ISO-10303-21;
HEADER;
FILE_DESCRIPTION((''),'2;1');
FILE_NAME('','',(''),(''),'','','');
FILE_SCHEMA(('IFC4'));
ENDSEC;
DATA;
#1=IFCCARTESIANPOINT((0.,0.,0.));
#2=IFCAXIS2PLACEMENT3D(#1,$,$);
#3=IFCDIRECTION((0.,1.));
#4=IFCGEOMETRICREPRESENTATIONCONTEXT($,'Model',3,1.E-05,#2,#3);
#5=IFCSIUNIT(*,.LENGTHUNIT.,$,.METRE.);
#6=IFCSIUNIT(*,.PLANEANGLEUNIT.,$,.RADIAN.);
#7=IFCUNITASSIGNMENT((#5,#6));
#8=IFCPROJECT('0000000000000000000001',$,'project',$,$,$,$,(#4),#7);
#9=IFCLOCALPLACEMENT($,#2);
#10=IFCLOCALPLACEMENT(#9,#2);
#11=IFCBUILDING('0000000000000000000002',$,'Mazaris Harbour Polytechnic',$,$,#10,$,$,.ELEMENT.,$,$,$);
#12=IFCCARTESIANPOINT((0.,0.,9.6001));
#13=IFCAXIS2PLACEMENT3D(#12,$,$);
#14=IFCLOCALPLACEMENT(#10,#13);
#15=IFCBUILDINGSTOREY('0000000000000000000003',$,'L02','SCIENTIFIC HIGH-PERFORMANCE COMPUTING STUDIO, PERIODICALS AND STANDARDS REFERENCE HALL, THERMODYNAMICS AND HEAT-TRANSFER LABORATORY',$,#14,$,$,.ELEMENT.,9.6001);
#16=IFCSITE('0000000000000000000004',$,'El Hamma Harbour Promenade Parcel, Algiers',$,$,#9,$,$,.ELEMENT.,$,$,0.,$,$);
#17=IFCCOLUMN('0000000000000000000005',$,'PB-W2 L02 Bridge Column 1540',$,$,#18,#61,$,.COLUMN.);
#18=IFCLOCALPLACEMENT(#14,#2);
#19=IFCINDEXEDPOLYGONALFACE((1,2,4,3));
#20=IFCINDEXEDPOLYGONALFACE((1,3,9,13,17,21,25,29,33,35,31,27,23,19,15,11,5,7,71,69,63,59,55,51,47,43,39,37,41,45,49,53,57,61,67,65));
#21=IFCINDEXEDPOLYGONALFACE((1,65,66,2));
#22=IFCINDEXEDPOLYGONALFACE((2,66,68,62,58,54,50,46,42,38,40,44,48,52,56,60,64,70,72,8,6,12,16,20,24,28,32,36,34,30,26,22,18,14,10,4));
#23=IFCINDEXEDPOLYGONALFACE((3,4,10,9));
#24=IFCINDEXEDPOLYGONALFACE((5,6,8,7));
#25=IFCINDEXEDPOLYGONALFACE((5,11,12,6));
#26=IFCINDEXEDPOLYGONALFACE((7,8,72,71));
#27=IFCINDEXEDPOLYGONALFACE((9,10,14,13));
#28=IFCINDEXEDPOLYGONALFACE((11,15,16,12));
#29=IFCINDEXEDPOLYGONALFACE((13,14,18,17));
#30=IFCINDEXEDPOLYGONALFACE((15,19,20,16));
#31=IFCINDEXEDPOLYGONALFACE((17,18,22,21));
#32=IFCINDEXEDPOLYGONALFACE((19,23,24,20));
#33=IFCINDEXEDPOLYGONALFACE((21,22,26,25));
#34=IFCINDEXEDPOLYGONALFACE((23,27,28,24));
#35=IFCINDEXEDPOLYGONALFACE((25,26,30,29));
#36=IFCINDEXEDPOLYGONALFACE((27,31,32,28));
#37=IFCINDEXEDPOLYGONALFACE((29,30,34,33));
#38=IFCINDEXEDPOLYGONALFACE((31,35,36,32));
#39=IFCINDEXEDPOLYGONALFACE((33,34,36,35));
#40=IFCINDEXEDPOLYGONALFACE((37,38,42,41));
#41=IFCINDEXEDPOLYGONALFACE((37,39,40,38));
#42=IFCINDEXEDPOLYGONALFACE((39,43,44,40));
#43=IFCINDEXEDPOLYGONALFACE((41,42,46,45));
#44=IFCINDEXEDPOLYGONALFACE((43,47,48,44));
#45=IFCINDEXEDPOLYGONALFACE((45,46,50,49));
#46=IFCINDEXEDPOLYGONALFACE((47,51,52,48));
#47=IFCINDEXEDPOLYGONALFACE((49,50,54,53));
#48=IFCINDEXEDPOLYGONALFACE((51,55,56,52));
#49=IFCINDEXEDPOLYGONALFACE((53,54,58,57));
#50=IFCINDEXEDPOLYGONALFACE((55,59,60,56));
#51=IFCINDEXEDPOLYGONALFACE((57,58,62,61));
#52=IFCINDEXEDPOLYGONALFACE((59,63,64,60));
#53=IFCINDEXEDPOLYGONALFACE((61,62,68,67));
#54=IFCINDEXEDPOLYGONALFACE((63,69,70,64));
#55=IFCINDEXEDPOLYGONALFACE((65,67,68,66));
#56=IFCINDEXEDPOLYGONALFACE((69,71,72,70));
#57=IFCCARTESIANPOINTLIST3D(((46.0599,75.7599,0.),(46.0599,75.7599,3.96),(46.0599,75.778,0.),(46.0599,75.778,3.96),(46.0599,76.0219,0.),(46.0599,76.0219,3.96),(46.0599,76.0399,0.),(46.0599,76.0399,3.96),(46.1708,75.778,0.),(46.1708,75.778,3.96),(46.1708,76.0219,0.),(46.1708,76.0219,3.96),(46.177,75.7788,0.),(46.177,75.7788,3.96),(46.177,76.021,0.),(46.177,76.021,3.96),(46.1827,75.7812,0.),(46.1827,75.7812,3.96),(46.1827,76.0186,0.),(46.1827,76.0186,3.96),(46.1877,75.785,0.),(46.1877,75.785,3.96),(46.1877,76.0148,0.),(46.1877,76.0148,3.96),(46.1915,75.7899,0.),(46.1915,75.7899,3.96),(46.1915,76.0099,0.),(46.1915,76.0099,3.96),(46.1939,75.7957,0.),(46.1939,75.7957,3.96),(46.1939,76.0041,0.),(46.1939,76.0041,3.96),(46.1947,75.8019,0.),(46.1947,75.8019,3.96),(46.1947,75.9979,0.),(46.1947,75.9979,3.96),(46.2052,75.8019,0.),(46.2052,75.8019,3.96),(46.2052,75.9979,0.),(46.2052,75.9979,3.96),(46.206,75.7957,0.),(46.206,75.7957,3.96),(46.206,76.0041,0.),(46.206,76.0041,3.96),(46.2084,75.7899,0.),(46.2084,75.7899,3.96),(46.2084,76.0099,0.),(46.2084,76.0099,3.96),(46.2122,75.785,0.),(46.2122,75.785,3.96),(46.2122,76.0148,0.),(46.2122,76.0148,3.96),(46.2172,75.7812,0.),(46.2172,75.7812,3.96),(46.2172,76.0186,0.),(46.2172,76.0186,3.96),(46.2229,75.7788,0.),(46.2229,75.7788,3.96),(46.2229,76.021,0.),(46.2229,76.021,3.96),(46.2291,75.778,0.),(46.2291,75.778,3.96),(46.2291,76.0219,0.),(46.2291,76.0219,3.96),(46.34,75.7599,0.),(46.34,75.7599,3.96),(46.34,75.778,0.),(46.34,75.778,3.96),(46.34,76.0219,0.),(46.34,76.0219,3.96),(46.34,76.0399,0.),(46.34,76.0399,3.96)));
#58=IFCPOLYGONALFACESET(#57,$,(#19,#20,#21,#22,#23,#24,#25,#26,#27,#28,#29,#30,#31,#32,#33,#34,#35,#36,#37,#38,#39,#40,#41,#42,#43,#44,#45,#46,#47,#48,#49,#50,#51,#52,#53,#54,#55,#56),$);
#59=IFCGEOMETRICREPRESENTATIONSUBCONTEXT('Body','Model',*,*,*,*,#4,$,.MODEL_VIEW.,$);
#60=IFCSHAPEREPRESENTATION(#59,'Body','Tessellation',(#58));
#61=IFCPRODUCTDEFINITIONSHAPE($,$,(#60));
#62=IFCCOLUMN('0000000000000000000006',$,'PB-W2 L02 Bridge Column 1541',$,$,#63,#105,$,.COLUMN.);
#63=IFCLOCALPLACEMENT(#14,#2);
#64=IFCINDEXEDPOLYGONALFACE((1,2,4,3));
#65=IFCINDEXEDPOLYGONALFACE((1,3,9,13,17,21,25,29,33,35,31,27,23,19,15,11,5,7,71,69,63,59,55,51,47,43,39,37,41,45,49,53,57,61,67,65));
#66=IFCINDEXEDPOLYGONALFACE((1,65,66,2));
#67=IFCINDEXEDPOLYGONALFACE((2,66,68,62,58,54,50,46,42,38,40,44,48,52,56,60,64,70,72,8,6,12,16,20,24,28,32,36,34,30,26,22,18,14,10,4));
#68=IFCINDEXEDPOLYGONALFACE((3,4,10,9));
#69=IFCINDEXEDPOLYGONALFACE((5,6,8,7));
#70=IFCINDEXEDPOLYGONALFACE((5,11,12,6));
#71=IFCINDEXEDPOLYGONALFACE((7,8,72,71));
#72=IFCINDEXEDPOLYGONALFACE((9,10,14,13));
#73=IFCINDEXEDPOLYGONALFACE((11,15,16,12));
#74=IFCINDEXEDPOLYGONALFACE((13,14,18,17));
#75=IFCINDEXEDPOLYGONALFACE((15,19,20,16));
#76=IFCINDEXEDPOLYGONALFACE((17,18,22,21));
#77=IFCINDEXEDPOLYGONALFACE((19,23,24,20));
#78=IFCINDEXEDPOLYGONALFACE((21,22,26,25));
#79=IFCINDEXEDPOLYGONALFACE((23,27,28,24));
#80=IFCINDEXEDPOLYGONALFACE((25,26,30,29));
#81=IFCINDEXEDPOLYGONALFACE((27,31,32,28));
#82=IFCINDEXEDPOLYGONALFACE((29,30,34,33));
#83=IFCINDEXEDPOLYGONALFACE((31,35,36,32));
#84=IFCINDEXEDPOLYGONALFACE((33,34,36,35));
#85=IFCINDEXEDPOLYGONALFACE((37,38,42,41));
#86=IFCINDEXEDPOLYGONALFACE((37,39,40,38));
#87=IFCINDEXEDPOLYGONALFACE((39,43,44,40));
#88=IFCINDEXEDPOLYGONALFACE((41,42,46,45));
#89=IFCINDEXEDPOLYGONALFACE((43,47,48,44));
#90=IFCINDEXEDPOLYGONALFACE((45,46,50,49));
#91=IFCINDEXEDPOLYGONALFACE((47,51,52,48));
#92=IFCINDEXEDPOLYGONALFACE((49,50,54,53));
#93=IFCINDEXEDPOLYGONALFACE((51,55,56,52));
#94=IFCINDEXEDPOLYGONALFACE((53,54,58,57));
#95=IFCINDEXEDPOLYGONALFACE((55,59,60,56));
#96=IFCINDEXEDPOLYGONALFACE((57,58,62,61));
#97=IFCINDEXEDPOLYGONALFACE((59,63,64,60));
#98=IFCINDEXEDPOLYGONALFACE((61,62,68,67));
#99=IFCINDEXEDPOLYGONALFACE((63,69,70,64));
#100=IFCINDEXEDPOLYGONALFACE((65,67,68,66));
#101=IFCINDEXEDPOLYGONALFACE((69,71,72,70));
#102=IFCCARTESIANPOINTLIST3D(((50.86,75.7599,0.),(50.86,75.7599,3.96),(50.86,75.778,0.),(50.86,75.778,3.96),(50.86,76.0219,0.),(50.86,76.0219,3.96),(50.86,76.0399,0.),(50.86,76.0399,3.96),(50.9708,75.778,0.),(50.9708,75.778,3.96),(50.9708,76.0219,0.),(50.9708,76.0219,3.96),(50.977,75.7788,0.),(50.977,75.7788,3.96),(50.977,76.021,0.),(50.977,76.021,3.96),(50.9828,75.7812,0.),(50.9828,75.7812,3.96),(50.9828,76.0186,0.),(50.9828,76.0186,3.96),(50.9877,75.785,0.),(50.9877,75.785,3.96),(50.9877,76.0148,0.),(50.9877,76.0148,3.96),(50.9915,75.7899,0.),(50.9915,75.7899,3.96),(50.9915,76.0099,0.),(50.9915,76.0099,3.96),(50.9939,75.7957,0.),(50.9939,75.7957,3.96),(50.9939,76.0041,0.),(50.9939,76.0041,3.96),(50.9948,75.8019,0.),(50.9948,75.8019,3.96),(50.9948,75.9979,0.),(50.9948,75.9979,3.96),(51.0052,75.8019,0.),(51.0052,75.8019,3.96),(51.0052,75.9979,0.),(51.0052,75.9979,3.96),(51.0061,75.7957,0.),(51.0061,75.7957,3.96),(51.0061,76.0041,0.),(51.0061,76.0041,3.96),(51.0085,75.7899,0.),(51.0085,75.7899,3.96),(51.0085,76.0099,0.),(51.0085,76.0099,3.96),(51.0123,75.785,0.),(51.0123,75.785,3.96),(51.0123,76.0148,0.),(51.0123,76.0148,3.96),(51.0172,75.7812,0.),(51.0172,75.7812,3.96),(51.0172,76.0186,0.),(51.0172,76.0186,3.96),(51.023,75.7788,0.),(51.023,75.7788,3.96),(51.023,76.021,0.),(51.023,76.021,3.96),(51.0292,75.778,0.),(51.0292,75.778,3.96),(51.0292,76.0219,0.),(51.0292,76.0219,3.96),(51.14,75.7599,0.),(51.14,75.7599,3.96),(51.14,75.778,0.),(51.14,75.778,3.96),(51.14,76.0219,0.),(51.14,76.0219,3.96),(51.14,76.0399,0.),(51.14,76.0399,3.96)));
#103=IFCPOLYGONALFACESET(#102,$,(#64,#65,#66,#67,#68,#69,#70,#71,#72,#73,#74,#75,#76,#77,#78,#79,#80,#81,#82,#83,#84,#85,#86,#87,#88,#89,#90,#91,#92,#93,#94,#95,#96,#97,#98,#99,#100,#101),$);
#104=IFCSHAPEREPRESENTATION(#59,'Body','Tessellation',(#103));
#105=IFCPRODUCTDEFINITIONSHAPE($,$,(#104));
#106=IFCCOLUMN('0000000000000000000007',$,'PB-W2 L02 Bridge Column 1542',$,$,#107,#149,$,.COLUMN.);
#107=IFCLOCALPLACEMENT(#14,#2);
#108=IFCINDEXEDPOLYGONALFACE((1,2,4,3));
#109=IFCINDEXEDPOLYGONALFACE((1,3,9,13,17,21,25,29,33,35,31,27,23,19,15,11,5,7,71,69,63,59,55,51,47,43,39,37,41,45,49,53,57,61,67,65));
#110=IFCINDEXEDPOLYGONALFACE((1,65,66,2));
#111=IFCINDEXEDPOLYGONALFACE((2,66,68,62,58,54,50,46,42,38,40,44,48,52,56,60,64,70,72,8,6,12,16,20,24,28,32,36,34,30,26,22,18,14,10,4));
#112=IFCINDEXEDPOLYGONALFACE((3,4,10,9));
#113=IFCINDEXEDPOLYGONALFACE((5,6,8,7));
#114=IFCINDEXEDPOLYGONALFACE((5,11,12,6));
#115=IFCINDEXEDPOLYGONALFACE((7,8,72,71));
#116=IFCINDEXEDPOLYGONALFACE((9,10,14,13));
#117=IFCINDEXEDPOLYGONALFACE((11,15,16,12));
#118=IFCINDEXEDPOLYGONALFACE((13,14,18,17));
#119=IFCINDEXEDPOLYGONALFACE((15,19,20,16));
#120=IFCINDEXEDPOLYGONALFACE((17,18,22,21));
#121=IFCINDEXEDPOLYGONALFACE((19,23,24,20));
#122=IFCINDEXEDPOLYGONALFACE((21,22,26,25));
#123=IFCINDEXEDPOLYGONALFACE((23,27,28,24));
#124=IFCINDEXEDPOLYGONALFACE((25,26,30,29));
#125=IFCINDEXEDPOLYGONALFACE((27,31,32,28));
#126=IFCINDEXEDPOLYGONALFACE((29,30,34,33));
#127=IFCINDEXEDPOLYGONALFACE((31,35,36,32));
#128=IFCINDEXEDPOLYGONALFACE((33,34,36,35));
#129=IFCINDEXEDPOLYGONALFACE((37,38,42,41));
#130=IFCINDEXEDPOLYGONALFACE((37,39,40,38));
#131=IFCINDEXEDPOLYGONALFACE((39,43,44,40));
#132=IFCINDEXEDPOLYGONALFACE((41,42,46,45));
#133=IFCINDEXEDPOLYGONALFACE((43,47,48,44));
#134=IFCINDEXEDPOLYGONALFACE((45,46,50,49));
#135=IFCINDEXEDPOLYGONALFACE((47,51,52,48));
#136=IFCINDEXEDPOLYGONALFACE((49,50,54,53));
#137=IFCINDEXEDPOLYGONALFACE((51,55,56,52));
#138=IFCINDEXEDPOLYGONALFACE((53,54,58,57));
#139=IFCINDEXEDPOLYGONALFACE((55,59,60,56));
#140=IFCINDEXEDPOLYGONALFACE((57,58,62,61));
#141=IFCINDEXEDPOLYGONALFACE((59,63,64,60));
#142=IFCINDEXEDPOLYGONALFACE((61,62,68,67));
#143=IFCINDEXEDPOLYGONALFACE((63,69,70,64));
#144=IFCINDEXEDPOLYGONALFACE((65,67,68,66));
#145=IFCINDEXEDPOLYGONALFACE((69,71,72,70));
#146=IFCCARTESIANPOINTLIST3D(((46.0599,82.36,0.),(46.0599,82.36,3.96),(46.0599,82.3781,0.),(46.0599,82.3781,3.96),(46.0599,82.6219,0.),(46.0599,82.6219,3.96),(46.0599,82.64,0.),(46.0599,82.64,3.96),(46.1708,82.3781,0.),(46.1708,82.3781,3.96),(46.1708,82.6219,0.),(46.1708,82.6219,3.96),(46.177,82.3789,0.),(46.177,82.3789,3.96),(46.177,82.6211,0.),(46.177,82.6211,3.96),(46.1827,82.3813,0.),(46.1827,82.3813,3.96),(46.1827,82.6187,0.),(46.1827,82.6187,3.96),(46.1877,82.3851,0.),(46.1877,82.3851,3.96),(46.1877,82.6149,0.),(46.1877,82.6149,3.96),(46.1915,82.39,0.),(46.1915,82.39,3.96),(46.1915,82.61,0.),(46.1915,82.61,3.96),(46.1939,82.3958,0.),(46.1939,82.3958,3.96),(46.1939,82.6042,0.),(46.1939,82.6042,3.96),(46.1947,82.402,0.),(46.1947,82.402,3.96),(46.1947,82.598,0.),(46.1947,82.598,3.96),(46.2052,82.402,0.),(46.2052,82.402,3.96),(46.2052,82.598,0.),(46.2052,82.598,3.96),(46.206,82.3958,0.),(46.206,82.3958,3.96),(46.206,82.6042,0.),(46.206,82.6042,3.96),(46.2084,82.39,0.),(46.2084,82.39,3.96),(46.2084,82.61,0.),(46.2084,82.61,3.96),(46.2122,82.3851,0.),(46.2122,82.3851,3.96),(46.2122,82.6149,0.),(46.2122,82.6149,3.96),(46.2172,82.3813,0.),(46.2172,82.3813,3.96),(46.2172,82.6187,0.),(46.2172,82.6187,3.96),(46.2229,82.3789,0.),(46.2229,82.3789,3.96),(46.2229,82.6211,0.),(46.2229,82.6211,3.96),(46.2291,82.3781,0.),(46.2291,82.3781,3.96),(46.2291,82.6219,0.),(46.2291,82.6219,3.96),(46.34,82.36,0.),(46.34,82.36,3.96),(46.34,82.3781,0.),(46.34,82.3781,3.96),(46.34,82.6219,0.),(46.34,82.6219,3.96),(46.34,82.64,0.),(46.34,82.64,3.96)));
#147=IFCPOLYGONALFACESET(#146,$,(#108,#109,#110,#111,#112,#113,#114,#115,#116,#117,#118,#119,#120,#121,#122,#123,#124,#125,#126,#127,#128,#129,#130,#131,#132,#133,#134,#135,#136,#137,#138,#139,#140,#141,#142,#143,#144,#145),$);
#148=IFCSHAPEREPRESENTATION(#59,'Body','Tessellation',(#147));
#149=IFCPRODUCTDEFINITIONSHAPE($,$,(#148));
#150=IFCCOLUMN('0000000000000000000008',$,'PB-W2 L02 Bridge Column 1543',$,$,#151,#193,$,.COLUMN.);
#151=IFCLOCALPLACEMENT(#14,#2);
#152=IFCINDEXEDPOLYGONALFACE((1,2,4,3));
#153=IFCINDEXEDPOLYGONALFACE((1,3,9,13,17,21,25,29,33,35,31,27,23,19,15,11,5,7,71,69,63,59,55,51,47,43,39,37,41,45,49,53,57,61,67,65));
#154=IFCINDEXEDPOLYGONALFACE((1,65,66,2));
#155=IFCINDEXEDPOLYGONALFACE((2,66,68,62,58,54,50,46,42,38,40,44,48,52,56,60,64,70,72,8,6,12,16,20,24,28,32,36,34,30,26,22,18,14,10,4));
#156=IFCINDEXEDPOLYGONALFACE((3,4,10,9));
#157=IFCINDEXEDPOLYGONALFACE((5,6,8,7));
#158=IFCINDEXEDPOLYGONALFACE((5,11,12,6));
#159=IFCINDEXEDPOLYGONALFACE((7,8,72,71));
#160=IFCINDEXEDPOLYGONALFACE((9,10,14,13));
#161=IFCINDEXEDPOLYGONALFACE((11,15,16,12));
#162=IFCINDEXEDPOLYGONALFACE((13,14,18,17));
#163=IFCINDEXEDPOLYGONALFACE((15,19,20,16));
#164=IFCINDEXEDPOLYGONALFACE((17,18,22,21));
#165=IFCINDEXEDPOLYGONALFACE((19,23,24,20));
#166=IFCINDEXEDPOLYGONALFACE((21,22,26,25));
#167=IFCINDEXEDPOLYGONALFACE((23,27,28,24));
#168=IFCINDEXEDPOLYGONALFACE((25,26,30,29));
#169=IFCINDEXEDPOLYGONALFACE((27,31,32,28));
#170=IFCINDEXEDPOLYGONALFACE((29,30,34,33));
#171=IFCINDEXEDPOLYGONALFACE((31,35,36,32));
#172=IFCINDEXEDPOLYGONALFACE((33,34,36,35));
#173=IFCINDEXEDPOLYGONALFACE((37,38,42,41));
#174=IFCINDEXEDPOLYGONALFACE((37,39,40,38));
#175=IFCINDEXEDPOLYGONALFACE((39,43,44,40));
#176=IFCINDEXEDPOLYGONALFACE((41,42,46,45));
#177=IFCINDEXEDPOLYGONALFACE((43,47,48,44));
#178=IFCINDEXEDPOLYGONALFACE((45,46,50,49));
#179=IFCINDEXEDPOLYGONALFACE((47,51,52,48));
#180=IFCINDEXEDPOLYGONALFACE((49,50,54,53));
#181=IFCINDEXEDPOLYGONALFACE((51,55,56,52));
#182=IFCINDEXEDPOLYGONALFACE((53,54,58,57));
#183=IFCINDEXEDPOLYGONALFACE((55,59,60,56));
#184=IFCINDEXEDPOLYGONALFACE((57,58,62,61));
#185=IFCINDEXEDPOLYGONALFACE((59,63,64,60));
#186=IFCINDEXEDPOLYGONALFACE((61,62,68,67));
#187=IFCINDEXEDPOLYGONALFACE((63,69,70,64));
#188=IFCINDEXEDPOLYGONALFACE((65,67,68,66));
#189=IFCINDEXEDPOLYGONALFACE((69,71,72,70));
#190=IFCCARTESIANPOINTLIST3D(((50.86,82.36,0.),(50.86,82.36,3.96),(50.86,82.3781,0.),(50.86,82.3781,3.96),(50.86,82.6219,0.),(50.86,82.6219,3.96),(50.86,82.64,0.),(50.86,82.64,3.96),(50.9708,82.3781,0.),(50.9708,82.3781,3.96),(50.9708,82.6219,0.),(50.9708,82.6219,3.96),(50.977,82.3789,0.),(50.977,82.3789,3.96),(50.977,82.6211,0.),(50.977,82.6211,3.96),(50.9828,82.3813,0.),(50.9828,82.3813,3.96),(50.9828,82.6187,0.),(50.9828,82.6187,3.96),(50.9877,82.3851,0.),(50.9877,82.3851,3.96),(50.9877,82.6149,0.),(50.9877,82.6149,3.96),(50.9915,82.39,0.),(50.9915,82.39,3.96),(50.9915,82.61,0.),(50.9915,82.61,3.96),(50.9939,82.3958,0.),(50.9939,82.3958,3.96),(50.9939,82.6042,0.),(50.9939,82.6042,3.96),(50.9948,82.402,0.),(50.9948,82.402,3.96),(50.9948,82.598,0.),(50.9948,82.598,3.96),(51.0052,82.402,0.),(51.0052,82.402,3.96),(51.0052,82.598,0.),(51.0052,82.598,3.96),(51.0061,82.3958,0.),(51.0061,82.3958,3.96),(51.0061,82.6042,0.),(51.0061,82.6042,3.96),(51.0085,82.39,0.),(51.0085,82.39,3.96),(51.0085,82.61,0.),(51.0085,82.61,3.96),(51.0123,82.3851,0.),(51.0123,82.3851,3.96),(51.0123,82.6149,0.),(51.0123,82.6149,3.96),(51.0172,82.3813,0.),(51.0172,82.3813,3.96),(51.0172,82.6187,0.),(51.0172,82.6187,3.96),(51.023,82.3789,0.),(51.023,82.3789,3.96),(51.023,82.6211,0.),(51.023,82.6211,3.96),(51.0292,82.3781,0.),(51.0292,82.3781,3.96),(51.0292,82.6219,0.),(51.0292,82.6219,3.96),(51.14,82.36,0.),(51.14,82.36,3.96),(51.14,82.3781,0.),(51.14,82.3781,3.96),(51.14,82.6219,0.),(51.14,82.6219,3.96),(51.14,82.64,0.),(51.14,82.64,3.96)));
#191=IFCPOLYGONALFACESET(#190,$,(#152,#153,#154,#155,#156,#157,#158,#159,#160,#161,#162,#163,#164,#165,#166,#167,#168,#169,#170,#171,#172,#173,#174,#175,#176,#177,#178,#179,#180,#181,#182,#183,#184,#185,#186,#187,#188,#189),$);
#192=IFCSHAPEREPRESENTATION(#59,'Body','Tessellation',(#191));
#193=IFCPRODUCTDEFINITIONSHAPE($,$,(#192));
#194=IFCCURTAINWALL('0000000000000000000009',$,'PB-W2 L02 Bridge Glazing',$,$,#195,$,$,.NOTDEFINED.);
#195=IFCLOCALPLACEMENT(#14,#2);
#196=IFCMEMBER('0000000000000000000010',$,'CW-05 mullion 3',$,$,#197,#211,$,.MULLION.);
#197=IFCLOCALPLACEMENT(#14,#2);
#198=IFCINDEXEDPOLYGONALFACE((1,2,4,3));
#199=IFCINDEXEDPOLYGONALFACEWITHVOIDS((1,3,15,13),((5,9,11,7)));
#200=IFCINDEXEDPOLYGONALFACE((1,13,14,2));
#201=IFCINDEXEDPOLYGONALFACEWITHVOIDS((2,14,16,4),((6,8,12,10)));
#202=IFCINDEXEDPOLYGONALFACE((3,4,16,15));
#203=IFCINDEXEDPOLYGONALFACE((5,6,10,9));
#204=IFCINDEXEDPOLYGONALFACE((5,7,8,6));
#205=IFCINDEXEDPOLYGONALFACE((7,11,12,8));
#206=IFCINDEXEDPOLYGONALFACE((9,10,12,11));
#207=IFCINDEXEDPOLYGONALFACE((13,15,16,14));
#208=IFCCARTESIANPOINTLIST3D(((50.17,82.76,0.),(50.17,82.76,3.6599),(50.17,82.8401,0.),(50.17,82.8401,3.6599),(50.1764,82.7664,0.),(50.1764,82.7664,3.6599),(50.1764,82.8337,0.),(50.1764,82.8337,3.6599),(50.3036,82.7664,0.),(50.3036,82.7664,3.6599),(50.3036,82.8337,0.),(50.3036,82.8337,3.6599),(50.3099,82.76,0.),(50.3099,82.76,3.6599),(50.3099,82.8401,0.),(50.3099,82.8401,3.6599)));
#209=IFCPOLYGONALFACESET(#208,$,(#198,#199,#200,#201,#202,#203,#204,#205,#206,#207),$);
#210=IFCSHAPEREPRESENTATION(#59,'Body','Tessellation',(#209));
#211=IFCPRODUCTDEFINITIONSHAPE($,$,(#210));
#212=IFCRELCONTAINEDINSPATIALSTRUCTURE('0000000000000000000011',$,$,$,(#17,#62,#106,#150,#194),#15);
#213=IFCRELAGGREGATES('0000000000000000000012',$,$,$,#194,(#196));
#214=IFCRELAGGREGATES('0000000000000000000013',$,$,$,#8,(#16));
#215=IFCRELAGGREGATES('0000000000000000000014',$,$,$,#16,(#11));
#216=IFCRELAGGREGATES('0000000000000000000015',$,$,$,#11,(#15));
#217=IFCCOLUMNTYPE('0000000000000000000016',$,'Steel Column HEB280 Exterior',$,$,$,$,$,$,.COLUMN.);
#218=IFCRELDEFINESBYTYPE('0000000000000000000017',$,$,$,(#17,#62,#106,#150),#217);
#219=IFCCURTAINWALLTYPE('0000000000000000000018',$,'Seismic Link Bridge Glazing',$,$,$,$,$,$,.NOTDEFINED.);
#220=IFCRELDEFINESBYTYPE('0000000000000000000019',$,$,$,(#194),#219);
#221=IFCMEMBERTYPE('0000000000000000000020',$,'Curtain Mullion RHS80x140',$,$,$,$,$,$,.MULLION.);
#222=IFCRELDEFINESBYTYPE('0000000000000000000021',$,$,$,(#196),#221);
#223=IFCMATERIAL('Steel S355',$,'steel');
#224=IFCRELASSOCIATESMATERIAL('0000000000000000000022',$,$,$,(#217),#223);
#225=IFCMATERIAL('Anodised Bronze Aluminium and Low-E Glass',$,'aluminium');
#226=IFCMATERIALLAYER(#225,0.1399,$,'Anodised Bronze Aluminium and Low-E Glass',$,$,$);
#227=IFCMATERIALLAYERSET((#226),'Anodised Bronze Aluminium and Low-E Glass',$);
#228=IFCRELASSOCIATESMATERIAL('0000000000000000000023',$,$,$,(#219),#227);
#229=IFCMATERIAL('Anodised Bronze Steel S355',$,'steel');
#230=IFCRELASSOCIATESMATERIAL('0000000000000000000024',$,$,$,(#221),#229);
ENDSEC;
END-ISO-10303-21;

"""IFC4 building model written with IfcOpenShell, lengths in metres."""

from ifc_helpers import new_model, si_unit, direction, frame, origin, origin_2d, place, context, subcontext, project, spatial, hollow_rectangle, i_section, extrude, material, layer, layer_set, material_profile, profile_set, type_object, element, aggregate, save


model = new_model("IFC4")

# Units and contexts
model_context = context("Model", 3, precision=1e-05, world=origin(), true_north=direction((0.0, 1.0)))
body_context = subcontext(model_context, "Body", "Model", "MODEL_VIEW")
ifc_project = project(units=[si_unit("LENGTHUNIT", "METRE"), si_unit("PLANEANGLEUNIT", "RADIAN")], contexts=[model_context])

# Site, building, storey
site_placement = place(None, origin())
site = spatial("IfcSite", under=ifc_project, at=site_placement, Name="El Hamma Harbour Promenade Parcel, Algiers", CompositionType="ELEMENT", RefElevation=0.0)
building_placement = place(site_placement, origin())
building = spatial("IfcBuilding", under=site, at=building_placement, Name="Mazaris Harbour Polytechnic", CompositionType="ELEMENT")
storey_placement = place(building_placement, frame((0.0, 0.0, 9.6001)))
storey = spatial("IfcBuildingStorey", under=building, at=storey_placement, Name="L02", Description="SCIENTIFIC HIGH-PERFORMANCE COMPUTING STUDIO, PERIODICALS AND STANDARDS REFERENCE HALL, THERMODYNAMICS AND HEAT-TRANSFER LABORATORY", CompositionType="ELEMENT", Elevation=9.6001)

# Columns
ifc_material_1 = material(Name="Steel S355", Category="steel")
ifc_material_profile_1 = material_profile(ifc_material_1, i_section(OverallWidth=0.28, OverallDepth=0.28, WebThickness=0.0105, FlangeThickness=0.0181, FilletRadius=0.0239, at=origin_2d()), Name="HEB 280")
ifc_profile_set_1 = profile_set([ifc_material_profile_1], Name="Steel S355")
column_type = type_object("IfcColumnType", Name="Steel Column HEB280 Exterior", PredefinedType="COLUMN", material=ifc_profile_set_1)
for number, where, z_axis, x_axis, name in (
    (1, (46.2, 75.8999, 0.0), (0.0, 0.0, 1.0), (1.0, 0.0, 0.0), "PB-W2 L02 Bridge Column 1540"),
    (2, (51.0, 75.8999, 0.0), (0.0, 0.0, 1.0), (1.0, 0.0, 0.0), "PB-W2 L02 Bridge Column 1541"),
    (3, (46.2, 82.5, 0.0), (0.0, 0.0, 1.0), (1.0, 0.0, 0.0), "PB-W2 L02 Bridge Column 1542"),
    (4, (51.0, 82.5, 0.0), (0.0, 0.0, 1.0), (1.0, 0.0, 0.0), "PB-W2 L02 Bridge Column 1543"),
):
    element("IfcColumn", number, at=place(storey_placement, frame(where, z_axis=z_axis, x_axis=x_axis)), inside=storey, type_object=column_type, Name=name, PredefinedType="COLUMN", context=body_context, shape_type="SweptSolid", body=[
        extrude(i_section(OverallWidth=0.28, OverallDepth=0.28, WebThickness=0.0105, FlangeThickness=0.0181, FilletRadius=0.0239, at=origin_2d()), origin(), (0.0, 0.0, 1.0), 3.96),
    ])

# Curtain wall, member
ifc_material_2 = material(Name="Anodised Bronze Aluminium and Low-E Glass", Category="aluminium")
ifc_layer_1 = layer(ifc_material_2, 0.1399, Name="Anodised Bronze Aluminium and Low-E Glass")
ifc_layer_set_1 = layer_set([ifc_layer_1], Name="Anodised Bronze Aluminium and Low-E Glass")
curtain_wall_type = type_object("IfcCurtainWallType", Name="Seismic Link Bridge Glazing", PredefinedType="NOTDEFINED", material=ifc_layer_set_1)
curtain_wall_placement = place(storey_placement, origin())
curtain_wall = element("IfcCurtainWall", 5, at=curtain_wall_placement, inside=storey, type_object=curtain_wall_type, Name="PB-W2 L02 Bridge Glazing", PredefinedType="NOTDEFINED")
ifc_material_3 = material(Name="Anodised Bronze Steel S355", Category="steel")
ifc_material_profile_2 = material_profile(ifc_material_3, hollow_rectangle(XDim=0.0801, YDim=0.1399, WallThickness=0.0063, at=origin_2d()), Name="RHS 80x140x6.3")
ifc_profile_set_2 = profile_set([ifc_material_profile_2], Name="Anodised Bronze Steel S355")
member_type_1 = type_object("IfcMemberType", Name="Curtain Mullion RHS80x140", PredefinedType="MULLION", material=ifc_profile_set_2)
member_1_placement = place(storey_placement, frame((50.24, 82.8, 0.0), z_axis=(0.0, 0.0, 1.0), x_axis=(0.0, -1.0, 0.0)))
member_1 = element("IfcMember", 6, at=member_1_placement, type_object=member_type_1, Name="CW-05 mullion 3", PredefinedType="MULLION", context=body_context, shape_type="SweptSolid", body=[
    extrude(hollow_rectangle(XDim=0.0801, YDim=0.1399, WallThickness=0.0063, at=origin_2d()), origin(), (0.0, 0.0, 1.0), 3.6599),
])

aggregate(curtain_wall, [member_1])

save(model, "model.ifc")
